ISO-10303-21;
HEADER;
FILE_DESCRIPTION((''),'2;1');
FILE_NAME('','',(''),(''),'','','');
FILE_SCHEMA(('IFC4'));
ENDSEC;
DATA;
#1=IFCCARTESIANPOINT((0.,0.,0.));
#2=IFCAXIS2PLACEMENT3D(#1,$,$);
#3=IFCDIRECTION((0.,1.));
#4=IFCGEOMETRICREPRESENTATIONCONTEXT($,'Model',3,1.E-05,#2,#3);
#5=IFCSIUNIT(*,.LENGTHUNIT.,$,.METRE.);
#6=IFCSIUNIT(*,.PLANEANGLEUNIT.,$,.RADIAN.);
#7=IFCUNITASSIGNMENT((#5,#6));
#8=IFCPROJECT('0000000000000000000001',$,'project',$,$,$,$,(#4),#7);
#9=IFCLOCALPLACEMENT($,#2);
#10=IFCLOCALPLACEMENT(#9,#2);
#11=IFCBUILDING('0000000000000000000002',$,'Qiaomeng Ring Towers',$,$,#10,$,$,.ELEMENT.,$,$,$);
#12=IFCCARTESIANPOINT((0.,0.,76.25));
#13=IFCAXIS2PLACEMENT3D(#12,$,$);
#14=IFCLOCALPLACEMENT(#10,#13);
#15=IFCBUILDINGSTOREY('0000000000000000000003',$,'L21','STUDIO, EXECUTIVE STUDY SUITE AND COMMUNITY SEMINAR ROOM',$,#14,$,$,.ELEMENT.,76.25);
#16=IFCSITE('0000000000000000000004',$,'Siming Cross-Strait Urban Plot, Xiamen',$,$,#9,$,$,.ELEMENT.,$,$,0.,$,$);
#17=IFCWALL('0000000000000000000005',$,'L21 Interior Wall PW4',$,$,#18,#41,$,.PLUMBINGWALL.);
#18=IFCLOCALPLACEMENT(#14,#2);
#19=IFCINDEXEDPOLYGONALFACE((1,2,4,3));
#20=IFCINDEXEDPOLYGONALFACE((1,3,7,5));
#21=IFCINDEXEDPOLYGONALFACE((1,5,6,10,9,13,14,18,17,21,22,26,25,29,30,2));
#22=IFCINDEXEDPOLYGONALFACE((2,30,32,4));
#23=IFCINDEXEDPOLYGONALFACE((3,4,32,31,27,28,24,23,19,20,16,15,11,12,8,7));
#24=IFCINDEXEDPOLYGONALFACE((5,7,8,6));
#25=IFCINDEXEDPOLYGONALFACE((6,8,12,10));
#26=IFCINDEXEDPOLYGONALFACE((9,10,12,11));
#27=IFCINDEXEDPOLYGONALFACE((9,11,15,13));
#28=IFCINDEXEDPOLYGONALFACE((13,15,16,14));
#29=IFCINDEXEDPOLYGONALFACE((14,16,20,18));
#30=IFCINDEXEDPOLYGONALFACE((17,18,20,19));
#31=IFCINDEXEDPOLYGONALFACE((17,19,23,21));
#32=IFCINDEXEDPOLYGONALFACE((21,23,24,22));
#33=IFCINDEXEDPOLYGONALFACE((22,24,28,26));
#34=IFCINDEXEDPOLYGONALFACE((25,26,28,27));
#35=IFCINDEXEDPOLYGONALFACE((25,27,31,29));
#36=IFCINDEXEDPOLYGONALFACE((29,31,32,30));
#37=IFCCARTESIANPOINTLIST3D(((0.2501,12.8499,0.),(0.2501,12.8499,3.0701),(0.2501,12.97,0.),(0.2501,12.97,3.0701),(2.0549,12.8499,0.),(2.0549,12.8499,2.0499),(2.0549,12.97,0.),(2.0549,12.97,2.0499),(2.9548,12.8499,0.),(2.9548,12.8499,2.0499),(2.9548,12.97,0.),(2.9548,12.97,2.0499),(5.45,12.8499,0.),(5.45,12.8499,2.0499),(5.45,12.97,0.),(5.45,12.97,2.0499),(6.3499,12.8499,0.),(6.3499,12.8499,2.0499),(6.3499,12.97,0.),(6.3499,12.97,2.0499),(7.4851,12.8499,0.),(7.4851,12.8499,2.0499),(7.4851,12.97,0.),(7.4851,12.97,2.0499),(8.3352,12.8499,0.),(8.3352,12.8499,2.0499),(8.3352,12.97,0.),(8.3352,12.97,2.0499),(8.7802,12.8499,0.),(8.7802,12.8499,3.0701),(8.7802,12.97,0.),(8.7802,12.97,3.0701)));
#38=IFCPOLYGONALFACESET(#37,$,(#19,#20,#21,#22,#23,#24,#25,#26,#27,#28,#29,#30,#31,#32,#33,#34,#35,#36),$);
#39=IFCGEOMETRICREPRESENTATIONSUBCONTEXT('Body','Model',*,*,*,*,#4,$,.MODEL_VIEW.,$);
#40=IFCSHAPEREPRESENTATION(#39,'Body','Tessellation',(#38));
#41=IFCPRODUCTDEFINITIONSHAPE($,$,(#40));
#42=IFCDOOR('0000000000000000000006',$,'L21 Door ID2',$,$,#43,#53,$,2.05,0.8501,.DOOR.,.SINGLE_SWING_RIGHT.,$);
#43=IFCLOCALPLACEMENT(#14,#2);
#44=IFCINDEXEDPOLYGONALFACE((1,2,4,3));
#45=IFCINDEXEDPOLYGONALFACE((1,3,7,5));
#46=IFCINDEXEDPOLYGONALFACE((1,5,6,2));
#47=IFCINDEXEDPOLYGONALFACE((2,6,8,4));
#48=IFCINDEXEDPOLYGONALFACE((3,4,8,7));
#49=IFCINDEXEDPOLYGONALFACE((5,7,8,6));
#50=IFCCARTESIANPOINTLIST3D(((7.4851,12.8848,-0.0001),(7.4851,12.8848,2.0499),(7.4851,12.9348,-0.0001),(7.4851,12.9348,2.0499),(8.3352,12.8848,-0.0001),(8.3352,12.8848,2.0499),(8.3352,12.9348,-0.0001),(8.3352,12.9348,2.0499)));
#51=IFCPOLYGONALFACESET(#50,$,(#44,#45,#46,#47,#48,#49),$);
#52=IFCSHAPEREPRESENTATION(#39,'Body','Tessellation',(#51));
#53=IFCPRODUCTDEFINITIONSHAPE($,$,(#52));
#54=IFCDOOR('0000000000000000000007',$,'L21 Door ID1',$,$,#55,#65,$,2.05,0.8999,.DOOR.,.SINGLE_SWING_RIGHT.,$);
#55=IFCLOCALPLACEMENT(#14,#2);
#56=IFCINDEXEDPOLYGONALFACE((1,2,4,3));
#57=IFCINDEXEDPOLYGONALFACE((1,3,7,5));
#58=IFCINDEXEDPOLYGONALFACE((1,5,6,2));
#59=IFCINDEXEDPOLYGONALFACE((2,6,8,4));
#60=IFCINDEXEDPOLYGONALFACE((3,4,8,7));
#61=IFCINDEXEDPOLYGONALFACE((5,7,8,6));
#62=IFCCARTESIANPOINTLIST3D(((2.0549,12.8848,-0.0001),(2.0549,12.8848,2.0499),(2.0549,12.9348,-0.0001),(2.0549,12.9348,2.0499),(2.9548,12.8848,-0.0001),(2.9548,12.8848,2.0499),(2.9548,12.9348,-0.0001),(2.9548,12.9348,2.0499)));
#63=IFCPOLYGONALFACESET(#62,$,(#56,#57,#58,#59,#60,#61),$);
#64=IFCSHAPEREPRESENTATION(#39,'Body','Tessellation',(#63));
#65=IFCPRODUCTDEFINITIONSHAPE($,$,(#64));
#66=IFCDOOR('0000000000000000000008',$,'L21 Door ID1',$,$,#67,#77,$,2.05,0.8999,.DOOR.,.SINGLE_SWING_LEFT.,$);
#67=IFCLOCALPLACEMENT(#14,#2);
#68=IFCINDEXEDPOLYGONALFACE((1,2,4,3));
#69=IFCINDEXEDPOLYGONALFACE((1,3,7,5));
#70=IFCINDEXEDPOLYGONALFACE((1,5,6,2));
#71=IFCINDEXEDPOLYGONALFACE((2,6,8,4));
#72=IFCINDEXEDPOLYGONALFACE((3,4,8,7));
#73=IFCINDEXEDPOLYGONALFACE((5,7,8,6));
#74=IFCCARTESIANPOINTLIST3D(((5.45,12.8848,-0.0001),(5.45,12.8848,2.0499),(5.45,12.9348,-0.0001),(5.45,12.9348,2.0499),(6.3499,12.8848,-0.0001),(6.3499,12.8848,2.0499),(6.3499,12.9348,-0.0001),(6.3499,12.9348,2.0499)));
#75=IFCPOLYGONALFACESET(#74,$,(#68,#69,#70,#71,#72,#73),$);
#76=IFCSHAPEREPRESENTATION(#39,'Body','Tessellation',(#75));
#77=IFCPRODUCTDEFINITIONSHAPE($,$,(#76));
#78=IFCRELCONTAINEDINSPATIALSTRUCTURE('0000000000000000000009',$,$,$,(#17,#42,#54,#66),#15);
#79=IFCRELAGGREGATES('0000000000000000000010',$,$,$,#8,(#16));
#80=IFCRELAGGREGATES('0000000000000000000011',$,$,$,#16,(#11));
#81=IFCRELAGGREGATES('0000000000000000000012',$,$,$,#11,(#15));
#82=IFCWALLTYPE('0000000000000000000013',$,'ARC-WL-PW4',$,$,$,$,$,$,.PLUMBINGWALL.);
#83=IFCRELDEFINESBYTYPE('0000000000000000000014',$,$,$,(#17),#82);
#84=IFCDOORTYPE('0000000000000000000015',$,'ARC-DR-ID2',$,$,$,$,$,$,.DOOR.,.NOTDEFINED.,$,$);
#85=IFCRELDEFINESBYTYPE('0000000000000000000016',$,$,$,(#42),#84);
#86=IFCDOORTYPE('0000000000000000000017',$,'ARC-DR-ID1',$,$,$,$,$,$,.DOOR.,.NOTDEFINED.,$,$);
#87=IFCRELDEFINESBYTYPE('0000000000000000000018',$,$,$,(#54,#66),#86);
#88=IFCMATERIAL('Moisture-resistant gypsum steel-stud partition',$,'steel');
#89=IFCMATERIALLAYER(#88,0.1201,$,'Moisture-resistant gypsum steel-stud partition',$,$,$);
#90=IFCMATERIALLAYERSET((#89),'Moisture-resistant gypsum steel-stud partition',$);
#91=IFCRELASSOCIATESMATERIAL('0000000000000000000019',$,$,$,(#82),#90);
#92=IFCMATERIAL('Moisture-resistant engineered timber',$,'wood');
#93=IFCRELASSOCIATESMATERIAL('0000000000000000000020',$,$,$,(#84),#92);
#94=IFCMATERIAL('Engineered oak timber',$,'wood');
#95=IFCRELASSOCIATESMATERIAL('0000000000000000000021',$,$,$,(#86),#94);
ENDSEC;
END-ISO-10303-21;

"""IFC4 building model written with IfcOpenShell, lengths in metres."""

from ifc_helpers import new_model, si_unit, direction, frame, frame_2d, origin, place, context, subcontext, project, spatial, rectangle, extrude, source, transform, mapped, material, layer, layer_set, type_object, element, fill, save


model = new_model("IFC4")

# Units and contexts
model_context = context("Model", 3, precision=1e-05, world=origin(), true_north=direction((0.0, 1.0)))
body_context = subcontext(model_context, "Body", "Model", "MODEL_VIEW")
ifc_project = project(units=[si_unit("LENGTHUNIT", "METRE"), si_unit("PLANEANGLEUNIT", "RADIAN")], contexts=[model_context])

# Site, building, storey
site_placement = place(None, origin())
site = spatial("IfcSite", under=ifc_project, at=site_placement, Name="Siming Cross-Strait Urban Plot, Xiamen", CompositionType="ELEMENT", RefElevation=0.0)
building_placement = place(site_placement, origin())
building = spatial("IfcBuilding", under=site, at=building_placement, Name="Qiaomeng Ring Towers", CompositionType="ELEMENT")
storey_placement = place(building_placement, frame((0.0, 0.0, 76.25)))
storey = spatial("IfcBuildingStorey", under=building, at=storey_placement, Name="L21", Description="STUDIO, EXECUTIVE STUDY SUITE AND COMMUNITY SEMINAR ROOM", CompositionType="ELEMENT", Elevation=76.25)

# Wall, openings, doors
ifc_material_1 = material(Name="Moisture-resistant gypsum steel-stud partition", Category="steel")
ifc_layer_1 = layer(ifc_material_1, 0.1201, Name="Moisture-resistant gypsum steel-stud partition")
ifc_layer_set_1 = layer_set([ifc_layer_1], Name="Moisture-resistant gypsum steel-stud partition")
wall_type_1 = type_object("IfcWallType", Name="ARC-WL-PW4", PredefinedType="PLUMBINGWALL", material=ifc_layer_set_1)
wall_1_placement = place(storey_placement, frame((0.25, 12.9099, 0.0), z_axis=(0.0, 0.0, 1.0), x_axis=(1.0, 0.0, 0.0)))
wall_1 = element("IfcWall", 1, at=wall_1_placement, inside=storey, type_object=wall_type_1, Name="L21 Interior Wall PW4", PredefinedType="PLUMBINGWALL", context=body_context, shape_type="SweptSolid", body=[
    extrude(rectangle(XDim=8.53, YDim=0.1201, at=frame_2d((4.2651, 0.0))), origin(), (0.0, 0.0, 1.0), 3.0701),
])
opening_1_placement = place(wall_1_placement, frame((1.8049, 0.0, 0.0)))
opening_1 = element("IfcOpeningElement", 2, at=opening_1_placement, cuts=wall_1, PredefinedType="OPENING", context=body_context, shape_type="SweptSolid", body=[
    extrude(rectangle(XDim=0.8999, YDim=2.05, at=frame_2d((0.45, 1.0249))), frame((0.0, 0.0701, 0.0), z_axis=(0.0, -1.0, 0.0), x_axis=(1.0, 0.0, 0.0)), (0.0, 0.0, 1.0), 0.1401),
])
opening_2_placement = place(wall_1_placement, frame((5.2, 0.0, 0.0)))
opening_2 = element("IfcOpeningElement", 3, at=opening_2_placement, cuts=wall_1, PredefinedType="OPENING", context=body_context, shape_type="SweptSolid", body=[
    extrude(rectangle(XDim=0.8999, YDim=2.05, at=frame_2d((0.45, 1.0249))), frame((0.0, 0.0701, 0.0), z_axis=(0.0, -1.0, 0.0), x_axis=(1.0, 0.0, 0.0)), (0.0, 0.0, 1.0), 0.1401),
])
opening_3_placement = place(wall_1_placement, frame((7.2351, 0.0, 0.0)))
opening_3 = element("IfcOpeningElement", 4, at=opening_3_placement, cuts=wall_1, PredefinedType="OPENING", context=body_context, shape_type="SweptSolid", body=[
    extrude(rectangle(XDim=0.8501, YDim=2.05, at=frame_2d((0.425, 1.0249))), frame((0.0, 0.0701, 0.0), z_axis=(0.0, -1.0, 0.0), x_axis=(1.0, 0.0, 0.0)), (0.0, 0.0, 1.0), 0.1401),
])
ifc_material_2 = material(Name="Moisture-resistant engineered timber", Category="wood")
door_type_1 = type_object("IfcDoorType", Name="ARC-DR-ID2", OperationType="NOTDEFINED", PredefinedType="DOOR", material=ifc_material_2)
shared_shape_1 = source(origin(), body_context, "Body", "SweptSolid", [
    extrude(rectangle(XDim=0.8501, YDim=2.05, at=frame_2d((0.425, 1.0249))), frame((0.0, 0.0249, 0.0), z_axis=(0.0, -1.0, 0.0), x_axis=(1.0, 0.0, 0.0)), (0.0, 0.0, 1.0), 0.05),
])
door_1_placement = place(opening_3_placement, origin())
door_1 = element("IfcDoor", 5, at=door_1_placement, inside=storey, type_object=door_type_1, Name="L21 Door ID2", OperationType="SINGLE_SWING_RIGHT", OverallHeight=2.05, OverallWidth=0.8501, PredefinedType="DOOR", context=body_context, shape_type="MappedRepresentation", body=[
    mapped(shared_shape_1, transform((0.0, 0.0, 0.0), x_axis=(1.0, 0.0, 0.0), y_axis=(0.0, 1.0, 0.0), z_axis=(0.0, 0.0, 1.0), scale=1.0)),
])
fill(opening_3, door_1)
ifc_material_3 = material(Name="Engineered oak timber", Category="wood")
door_type_2 = type_object("IfcDoorType", Name="ARC-DR-ID1", OperationType="NOTDEFINED", PredefinedType="DOOR", material=ifc_material_3)
shared_shape_2 = source(origin(), body_context, "Body", "SweptSolid", [
    extrude(rectangle(XDim=0.8999, YDim=2.05, at=frame_2d((0.45, 1.0249))), frame((0.0, 0.0249, 0.0), z_axis=(0.0, -1.0, 0.0), x_axis=(1.0, 0.0, 0.0)), (0.0, 0.0, 1.0), 0.05),
])
door_2_placement = place(opening_1_placement, origin())
door_2 = element("IfcDoor", 6, at=door_2_placement, inside=storey, type_object=door_type_2, Name="L21 Door ID1", OperationType="SINGLE_SWING_RIGHT", OverallHeight=2.05, OverallWidth=0.8999, PredefinedType="DOOR", context=body_context, shape_type="MappedRepresentation", body=[
    mapped(shared_shape_2, transform((0.0, 0.0, 0.0), x_axis=(1.0, 0.0, 0.0), y_axis=(0.0, 1.0, 0.0), z_axis=(0.0, 0.0, 1.0), scale=1.0)),
])
fill(opening_1, door_2)
door_3_placement = place(opening_2_placement, origin())
door_3 = element("IfcDoor", 7, at=door_3_placement, inside=storey, type_object=door_type_2, Name="L21 Door ID1", OperationType="SINGLE_SWING_LEFT", OverallHeight=2.05, OverallWidth=0.8999, PredefinedType="DOOR", context=body_context, shape_type="MappedRepresentation", body=[
    mapped(shared_shape_2, transform((0.0, 0.0, 0.0), x_axis=(1.0, 0.0, 0.0), y_axis=(0.0, 1.0, 0.0), z_axis=(0.0, 0.0, 1.0), scale=1.0)),
])
fill(opening_2, door_3)

save(model, "model.ifc")
